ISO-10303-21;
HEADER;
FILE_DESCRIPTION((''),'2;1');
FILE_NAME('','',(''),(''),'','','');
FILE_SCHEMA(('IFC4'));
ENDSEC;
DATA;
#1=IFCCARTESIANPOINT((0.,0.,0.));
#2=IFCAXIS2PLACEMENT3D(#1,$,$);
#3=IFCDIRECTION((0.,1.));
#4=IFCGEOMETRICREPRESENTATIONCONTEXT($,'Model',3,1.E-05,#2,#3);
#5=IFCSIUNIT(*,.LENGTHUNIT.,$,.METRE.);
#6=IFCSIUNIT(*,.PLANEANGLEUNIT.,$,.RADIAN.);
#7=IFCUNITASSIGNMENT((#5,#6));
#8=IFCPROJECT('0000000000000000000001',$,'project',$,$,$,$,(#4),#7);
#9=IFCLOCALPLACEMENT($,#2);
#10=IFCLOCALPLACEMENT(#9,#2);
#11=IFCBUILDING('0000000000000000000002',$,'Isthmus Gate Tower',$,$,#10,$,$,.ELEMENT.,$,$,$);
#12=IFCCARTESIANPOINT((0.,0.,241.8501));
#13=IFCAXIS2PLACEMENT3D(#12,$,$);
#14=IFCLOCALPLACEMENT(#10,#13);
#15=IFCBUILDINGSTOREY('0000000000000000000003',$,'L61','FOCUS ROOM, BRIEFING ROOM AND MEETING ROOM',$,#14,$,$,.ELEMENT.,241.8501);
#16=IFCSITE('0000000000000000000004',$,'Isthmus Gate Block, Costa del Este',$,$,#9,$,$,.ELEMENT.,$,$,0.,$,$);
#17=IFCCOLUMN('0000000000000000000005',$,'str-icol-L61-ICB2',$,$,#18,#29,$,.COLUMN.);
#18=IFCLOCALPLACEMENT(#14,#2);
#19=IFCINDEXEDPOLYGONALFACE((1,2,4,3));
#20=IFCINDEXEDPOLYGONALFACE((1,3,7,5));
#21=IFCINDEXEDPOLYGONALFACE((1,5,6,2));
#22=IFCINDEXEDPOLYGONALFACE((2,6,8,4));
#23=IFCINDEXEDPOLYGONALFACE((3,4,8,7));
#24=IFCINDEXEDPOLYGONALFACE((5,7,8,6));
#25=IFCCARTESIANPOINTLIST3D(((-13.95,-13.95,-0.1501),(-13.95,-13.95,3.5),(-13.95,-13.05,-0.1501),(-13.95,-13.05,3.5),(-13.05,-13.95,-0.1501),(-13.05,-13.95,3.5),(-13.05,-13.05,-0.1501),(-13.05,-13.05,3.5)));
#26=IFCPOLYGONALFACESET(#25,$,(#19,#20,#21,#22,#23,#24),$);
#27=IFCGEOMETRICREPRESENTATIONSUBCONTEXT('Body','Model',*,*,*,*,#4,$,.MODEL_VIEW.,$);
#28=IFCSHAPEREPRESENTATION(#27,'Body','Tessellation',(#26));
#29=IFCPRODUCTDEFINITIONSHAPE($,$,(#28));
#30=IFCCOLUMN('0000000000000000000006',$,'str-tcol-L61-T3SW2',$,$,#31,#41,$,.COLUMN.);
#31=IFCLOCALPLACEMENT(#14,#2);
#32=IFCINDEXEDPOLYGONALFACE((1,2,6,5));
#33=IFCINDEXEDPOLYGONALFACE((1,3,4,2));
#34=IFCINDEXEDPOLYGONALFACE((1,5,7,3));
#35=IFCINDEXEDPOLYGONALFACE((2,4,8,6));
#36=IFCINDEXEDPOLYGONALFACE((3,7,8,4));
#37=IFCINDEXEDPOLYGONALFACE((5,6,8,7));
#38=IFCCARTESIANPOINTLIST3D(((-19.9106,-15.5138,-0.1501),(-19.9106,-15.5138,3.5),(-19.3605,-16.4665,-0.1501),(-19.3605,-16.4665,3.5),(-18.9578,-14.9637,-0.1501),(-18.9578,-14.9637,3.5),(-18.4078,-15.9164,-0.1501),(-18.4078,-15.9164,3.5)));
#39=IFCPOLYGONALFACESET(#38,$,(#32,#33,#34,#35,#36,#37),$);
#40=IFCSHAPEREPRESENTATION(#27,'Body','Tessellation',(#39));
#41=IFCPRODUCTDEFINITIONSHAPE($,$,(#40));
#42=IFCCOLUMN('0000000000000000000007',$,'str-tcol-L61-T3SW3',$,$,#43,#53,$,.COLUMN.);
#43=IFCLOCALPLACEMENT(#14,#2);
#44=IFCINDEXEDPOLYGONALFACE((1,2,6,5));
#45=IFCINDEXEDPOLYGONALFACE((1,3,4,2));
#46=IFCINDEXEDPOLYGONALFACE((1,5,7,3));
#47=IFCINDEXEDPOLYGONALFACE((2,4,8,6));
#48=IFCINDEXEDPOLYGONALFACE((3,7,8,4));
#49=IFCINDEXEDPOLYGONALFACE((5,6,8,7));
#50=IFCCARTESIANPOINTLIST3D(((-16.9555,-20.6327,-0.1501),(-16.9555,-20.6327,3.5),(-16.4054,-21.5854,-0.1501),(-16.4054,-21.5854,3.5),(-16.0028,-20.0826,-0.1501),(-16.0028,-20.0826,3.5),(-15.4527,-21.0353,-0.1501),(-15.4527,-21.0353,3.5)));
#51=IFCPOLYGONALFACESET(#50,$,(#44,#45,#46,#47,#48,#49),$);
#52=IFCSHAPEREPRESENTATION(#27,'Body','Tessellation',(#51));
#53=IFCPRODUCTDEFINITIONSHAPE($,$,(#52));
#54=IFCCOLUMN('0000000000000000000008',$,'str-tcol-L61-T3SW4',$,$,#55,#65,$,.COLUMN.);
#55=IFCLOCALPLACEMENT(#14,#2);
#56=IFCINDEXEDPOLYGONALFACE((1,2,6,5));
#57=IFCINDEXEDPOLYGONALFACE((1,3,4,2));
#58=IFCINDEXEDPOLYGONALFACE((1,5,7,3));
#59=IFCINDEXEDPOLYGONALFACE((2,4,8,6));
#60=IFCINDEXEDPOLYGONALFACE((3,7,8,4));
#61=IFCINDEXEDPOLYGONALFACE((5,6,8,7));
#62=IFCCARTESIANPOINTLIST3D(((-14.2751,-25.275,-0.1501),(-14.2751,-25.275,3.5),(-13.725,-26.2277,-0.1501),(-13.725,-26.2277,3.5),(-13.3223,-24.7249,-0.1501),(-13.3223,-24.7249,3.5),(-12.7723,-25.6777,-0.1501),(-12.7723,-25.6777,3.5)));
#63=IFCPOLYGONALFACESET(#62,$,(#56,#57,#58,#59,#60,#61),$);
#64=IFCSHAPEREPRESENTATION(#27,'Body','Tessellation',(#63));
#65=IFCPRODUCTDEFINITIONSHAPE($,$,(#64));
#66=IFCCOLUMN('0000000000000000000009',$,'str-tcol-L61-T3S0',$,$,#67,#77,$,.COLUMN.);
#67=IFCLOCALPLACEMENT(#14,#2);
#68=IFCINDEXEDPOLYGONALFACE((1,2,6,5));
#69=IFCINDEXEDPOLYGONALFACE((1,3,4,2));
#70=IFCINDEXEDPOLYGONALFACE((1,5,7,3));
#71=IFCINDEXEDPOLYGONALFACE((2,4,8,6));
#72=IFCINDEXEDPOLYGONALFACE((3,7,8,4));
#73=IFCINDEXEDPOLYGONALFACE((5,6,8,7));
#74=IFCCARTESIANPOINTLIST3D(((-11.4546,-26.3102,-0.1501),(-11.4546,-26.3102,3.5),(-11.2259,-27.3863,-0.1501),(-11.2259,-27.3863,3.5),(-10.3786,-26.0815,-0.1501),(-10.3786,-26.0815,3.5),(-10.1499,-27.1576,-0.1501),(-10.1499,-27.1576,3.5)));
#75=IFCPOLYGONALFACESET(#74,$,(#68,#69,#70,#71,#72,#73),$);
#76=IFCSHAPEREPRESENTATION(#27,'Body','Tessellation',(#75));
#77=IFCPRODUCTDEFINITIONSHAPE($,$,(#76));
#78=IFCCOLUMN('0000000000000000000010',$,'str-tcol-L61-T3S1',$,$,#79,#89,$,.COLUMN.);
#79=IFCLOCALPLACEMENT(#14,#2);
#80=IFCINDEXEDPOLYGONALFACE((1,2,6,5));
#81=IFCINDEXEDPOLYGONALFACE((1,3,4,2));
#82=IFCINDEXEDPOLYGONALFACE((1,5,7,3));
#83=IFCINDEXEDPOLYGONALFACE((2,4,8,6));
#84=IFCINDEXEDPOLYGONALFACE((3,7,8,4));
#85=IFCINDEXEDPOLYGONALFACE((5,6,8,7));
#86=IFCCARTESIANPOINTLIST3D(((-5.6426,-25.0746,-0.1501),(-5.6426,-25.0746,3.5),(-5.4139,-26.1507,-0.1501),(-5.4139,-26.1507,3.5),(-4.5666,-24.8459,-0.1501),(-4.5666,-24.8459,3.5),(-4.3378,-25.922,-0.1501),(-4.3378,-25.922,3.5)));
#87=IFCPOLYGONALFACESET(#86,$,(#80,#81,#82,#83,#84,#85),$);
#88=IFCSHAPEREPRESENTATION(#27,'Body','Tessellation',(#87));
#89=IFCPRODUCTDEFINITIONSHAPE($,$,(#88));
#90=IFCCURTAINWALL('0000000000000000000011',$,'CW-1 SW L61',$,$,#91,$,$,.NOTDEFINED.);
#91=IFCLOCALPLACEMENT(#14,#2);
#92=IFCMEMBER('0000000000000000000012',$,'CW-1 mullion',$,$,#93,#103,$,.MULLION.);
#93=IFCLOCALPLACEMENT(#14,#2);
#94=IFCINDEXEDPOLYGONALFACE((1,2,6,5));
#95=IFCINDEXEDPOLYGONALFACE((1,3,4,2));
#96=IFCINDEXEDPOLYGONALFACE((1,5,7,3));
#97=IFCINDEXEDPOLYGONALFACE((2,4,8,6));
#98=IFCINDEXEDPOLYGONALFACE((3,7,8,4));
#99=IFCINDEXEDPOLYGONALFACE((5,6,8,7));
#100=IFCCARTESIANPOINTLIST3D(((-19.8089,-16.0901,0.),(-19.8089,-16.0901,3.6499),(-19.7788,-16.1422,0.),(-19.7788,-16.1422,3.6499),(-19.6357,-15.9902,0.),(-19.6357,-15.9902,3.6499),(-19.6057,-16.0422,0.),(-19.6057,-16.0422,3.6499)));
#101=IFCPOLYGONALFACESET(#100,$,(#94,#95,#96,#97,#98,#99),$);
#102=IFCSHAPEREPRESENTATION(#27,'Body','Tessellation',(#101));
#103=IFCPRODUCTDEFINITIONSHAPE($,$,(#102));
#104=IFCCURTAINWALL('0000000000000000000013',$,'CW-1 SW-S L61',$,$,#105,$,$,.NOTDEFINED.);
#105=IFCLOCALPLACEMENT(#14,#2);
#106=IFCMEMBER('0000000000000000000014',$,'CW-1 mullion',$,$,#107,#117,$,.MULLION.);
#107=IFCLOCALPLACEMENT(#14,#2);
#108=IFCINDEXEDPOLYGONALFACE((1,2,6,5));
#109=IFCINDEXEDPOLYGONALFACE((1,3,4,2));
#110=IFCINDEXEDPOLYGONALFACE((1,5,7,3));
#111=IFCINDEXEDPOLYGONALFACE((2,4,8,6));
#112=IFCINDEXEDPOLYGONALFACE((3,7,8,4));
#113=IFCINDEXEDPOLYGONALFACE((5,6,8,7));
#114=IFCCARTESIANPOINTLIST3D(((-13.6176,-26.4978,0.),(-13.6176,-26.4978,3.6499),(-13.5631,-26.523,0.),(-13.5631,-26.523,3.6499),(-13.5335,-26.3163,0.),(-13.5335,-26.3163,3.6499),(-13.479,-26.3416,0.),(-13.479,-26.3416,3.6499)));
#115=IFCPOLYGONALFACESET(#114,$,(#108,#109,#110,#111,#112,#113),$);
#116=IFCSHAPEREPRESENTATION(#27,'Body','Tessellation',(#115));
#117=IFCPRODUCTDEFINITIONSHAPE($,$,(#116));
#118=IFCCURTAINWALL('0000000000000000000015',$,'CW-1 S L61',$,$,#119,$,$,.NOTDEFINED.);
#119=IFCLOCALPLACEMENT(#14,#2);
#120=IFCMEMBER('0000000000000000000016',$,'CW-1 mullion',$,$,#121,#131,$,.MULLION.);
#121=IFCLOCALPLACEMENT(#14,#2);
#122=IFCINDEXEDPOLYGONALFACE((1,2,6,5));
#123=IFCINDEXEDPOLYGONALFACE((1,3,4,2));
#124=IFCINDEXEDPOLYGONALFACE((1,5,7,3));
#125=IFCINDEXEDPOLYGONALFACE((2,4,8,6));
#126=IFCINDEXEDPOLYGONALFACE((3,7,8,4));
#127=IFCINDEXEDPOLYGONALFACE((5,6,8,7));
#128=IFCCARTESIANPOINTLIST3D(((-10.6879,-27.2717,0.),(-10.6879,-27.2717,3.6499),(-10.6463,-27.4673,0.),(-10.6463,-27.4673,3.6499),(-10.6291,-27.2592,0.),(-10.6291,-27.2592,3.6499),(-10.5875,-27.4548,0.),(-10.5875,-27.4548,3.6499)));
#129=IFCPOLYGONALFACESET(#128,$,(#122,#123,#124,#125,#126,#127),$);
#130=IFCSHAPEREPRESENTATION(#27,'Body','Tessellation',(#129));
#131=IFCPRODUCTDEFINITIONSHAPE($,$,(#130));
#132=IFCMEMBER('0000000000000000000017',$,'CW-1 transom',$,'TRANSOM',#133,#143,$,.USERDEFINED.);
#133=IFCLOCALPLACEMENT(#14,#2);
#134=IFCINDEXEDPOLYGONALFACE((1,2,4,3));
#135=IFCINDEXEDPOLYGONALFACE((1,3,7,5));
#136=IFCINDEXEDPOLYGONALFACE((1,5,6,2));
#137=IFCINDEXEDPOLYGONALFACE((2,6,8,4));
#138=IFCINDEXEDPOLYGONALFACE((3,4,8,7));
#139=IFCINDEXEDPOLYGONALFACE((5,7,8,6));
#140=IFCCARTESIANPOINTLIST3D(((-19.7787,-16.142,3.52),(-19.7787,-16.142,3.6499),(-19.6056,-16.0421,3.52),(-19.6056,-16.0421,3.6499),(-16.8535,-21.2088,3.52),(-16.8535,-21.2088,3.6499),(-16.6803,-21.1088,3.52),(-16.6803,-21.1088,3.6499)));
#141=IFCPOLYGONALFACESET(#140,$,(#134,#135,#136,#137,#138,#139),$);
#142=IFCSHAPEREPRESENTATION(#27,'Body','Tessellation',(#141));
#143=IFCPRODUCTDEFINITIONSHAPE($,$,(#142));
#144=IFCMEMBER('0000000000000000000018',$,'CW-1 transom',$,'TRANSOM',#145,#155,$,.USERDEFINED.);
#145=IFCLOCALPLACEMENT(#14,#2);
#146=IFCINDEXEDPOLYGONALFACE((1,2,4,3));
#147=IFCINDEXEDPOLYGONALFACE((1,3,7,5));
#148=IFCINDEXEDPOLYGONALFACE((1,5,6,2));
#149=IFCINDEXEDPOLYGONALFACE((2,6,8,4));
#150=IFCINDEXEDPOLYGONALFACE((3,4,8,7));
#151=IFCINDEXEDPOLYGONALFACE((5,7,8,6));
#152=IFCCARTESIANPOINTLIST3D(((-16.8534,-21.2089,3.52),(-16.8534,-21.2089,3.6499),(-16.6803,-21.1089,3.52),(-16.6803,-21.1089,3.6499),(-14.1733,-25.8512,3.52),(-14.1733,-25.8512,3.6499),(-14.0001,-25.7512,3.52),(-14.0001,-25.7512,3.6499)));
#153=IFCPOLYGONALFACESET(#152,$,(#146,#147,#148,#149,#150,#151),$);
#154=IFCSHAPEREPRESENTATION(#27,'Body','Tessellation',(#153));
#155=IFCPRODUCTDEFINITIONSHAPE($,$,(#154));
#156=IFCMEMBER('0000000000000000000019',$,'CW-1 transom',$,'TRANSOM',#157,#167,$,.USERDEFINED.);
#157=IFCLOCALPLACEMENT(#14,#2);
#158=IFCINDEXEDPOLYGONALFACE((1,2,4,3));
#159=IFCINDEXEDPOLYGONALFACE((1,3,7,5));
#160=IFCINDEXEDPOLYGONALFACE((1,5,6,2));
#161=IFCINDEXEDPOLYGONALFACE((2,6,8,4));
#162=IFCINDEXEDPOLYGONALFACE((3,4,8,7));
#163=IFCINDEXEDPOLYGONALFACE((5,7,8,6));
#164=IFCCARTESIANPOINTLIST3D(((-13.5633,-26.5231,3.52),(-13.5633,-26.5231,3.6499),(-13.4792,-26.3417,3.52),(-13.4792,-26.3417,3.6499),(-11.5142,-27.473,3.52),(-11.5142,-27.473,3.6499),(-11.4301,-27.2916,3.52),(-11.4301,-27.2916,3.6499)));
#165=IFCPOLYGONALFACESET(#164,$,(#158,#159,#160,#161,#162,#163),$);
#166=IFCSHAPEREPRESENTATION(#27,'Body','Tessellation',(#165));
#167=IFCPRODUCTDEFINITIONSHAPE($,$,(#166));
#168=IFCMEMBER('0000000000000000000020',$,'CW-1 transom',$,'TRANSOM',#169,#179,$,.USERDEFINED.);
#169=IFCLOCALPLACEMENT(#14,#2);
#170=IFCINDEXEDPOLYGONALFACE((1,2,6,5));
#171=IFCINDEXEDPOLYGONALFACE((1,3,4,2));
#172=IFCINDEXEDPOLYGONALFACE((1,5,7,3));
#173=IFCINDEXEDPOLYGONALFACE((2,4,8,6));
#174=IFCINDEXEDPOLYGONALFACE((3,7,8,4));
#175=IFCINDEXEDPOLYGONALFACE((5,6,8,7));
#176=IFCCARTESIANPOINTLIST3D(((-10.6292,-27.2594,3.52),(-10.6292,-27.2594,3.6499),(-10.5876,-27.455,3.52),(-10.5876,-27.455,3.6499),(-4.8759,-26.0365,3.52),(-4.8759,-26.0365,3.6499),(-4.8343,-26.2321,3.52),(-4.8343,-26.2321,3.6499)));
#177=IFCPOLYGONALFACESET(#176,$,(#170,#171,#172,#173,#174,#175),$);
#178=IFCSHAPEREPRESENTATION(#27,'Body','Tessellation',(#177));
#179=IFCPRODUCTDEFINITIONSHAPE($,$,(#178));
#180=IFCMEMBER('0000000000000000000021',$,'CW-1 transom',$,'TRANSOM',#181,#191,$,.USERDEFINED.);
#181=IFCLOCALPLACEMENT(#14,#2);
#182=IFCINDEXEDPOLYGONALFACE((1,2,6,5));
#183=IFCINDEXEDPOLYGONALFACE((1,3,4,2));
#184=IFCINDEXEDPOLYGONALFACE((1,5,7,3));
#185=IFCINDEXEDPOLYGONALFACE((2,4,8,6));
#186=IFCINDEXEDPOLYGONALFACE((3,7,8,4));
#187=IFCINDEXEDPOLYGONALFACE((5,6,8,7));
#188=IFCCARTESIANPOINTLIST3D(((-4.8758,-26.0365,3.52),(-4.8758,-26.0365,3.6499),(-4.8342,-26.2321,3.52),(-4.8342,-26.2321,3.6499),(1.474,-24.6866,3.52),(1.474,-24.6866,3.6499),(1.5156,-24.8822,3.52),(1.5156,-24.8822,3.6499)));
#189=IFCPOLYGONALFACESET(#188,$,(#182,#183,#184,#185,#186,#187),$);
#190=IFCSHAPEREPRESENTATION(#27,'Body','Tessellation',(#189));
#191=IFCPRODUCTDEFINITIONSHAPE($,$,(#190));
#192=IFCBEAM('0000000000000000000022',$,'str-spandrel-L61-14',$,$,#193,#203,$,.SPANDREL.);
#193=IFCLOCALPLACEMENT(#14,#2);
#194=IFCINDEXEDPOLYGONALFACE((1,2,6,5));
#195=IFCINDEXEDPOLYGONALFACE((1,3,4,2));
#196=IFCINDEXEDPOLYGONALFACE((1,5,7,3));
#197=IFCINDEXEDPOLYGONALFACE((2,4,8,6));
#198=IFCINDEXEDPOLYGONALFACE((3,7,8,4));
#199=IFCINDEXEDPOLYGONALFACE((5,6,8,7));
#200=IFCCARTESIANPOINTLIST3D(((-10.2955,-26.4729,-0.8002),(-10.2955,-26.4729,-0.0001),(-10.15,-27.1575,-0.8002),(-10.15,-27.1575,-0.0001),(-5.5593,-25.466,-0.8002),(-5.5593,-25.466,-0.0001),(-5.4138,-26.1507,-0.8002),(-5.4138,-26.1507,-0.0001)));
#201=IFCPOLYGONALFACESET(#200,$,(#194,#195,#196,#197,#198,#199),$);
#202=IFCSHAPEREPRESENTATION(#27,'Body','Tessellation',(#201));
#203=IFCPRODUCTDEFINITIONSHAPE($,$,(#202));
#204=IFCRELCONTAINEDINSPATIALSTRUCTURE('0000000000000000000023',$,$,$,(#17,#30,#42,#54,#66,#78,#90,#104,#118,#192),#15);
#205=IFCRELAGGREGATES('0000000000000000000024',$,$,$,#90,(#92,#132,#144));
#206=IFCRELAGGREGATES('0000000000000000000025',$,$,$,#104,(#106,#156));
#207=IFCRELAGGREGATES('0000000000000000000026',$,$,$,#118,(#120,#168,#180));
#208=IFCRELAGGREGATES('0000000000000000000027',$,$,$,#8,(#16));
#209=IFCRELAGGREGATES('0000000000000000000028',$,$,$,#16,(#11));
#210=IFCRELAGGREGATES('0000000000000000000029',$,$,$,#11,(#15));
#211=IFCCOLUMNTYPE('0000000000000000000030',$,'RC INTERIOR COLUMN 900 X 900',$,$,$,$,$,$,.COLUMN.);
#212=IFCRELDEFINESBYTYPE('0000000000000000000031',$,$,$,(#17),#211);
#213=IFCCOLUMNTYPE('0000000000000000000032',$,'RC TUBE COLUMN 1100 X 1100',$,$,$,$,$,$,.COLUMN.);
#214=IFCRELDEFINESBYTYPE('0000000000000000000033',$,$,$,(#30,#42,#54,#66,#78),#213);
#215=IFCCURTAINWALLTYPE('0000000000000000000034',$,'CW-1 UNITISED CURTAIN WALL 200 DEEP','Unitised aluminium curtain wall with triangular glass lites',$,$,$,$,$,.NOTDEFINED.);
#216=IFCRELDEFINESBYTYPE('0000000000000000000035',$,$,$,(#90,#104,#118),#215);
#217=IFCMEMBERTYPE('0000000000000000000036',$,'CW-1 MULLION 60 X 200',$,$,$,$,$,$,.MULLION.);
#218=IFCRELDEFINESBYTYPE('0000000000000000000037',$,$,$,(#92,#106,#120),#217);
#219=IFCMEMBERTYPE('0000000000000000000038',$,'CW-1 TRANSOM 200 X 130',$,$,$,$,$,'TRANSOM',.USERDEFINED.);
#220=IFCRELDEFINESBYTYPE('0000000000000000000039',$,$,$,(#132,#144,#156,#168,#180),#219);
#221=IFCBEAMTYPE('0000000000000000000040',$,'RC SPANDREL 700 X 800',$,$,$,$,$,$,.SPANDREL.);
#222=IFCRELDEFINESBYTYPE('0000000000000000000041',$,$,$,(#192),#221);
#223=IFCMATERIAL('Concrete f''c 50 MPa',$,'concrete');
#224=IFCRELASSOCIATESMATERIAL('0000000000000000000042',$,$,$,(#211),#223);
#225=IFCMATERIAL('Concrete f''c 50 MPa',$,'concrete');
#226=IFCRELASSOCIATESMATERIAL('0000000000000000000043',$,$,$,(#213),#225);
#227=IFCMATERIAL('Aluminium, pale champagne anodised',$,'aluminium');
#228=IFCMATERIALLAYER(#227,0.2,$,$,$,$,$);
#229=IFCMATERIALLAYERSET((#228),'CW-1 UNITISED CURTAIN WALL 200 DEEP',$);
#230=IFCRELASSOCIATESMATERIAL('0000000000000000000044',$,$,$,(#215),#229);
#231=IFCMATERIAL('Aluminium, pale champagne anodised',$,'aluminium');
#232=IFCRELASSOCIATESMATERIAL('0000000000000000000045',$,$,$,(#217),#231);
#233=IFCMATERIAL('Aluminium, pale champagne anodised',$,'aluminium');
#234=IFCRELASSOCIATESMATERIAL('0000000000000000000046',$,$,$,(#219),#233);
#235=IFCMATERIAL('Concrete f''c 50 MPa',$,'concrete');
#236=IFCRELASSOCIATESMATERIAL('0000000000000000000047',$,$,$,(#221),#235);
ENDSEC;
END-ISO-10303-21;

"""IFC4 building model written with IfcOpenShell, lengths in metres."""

from ifc_helpers import new_model, si_unit, direction, frame, origin, origin_2d, place, context, subcontext, project, spatial, rectangle, extrude, material, layer, layer_set, material_profile, profile_set, type_object, element, aggregate, save


model = new_model("IFC4")

# Units and contexts
model_context = context("Model", 3, precision=1e-05, world=origin(), true_north=direction((0.0, 1.0)))
body_context = subcontext(model_context, "Body", "Model", "MODEL_VIEW")
ifc_project = project(units=[si_unit("LENGTHUNIT", "METRE"), si_unit("PLANEANGLEUNIT", "RADIAN")], contexts=[model_context])

# Site, building, storey
site_placement = place(None, origin())
site = spatial("IfcSite", under=ifc_project, at=site_placement, Name="Isthmus Gate Block, Costa del Este", CompositionType="ELEMENT", RefElevation=0.0)
building_placement = place(site_placement, origin())
building = spatial("IfcBuilding", under=site, at=building_placement, Name="Isthmus Gate Tower", CompositionType="ELEMENT")
storey_placement = place(building_placement, frame((0.0, 0.0, 241.8501)))
storey = spatial("IfcBuildingStorey", under=building, at=storey_placement, Name="L61", Description="FOCUS ROOM, BRIEFING ROOM AND MEETING ROOM", CompositionType="ELEMENT", Elevation=241.8501)

# Columns
ifc_material_1 = material(Name="Concrete f'c 50 MPa", Category="concrete")
ifc_material_profile_1 = material_profile(ifc_material_1, rectangle(XDim=0.8999, YDim=0.8999, at=origin_2d()), Name="RC 900X900")
ifc_profile_set_1 = profile_set([ifc_material_profile_1], Name="Concrete f'c 50 MPa")
column_type_1 = type_object("IfcColumnType", Name="RC INTERIOR COLUMN 900 X 900", PredefinedType="COLUMN", material=ifc_profile_set_1)
column_placement = place(storey_placement, frame((-13.5, -13.5, -0.1501), z_axis=(0.0, 0.0, 1.0), x_axis=(1.0, 0.0, 0.0)))
element("IfcColumn", 1, at=column_placement, inside=storey, type_object=column_type_1, Name="str-icol-L61-ICB2", PredefinedType="COLUMN", context=body_context, shape_type="SweptSolid", body=[
    extrude(rectangle(XDim=0.8999, YDim=0.8999, at=origin_2d()), origin(), (0.0, 0.0, 1.0), 3.6501),
])
ifc_material_2 = material(Name="Concrete f'c 50 MPa", Category="concrete")
ifc_material_profile_2 = material_profile(ifc_material_2, rectangle(XDim=1.1001, YDim=1.1001, at=origin_2d()), Name="RC 1100X1100")
ifc_profile_set_2 = profile_set([ifc_material_profile_2], Name="Concrete f'c 50 MPa")
column_type_2 = type_object("IfcColumnType", Name="RC TUBE COLUMN 1100 X 1100", PredefinedType="COLUMN", material=ifc_profile_set_2)
for number, where, z_axis, x_axis, name in (
    (2, (-19.1592, -15.7151, -0.1501), (0.0, 0.0, 1.0), (0.5, -0.866025, 0.0), "str-tcol-L61-T3SW2"),
    (3, (-16.2041, -20.834, -0.1501), (0.0, 0.0, 1.0), (0.5, -0.866025, 0.0), "str-tcol-L61-T3SW3"),
    (4, (-13.5237, -25.4763, -0.1501), (0.0, 0.0, 1.0), (0.5, -0.866025, 0.0), "str-tcol-L61-T3SW4"),
    (5, (-10.8022, -26.7339, -0.1501), (0.0, 0.0, 1.0), (0.978148, 0.207912, 0.0), "str-tcol-L61-T3S0"),
    (6, (-4.9902, -25.4983, -0.1501), (0.0, 0.0, 1.0), (0.978148, 0.207912, 0.0), "str-tcol-L61-T3S1"),
):
    element("IfcColumn", number, at=place(storey_placement, frame(where, z_axis=z_axis, x_axis=x_axis)), inside=storey, type_object=column_type_2, Name=name, PredefinedType="COLUMN", context=body_context, shape_type="SweptSolid", body=[
        extrude(rectangle(XDim=1.1001, YDim=1.1001, at=origin_2d()), origin(), (0.0, 0.0, 1.0), 3.6501),
    ])

# Curtain walls, members
ifc_material_3 = material(Name="Aluminium, pale champagne anodised", Category="aluminium")
ifc_layer_1 = layer(ifc_material_3, 0.2)
ifc_layer_set_1 = layer_set([ifc_layer_1], Name="CW-1 UNITISED CURTAIN WALL 200 DEEP")
curtain_wall_type = type_object("IfcCurtainWallType", Name="CW-1 UNITISED CURTAIN WALL 200 DEEP", Description="Unitised aluminium curtain wall with triangular glass lites", PredefinedType="NOTDEFINED", material=ifc_layer_set_1)
curtain_wall_1_placement = place(storey_placement, origin())
curtain_wall_1 = element("IfcCurtainWall", 7, at=curtain_wall_1_placement, inside=storey, type_object=curtain_wall_type, Name="CW-1 SW L61", PredefinedType="NOTDEFINED")
ifc_material_4 = material(Name="Aluminium, pale champagne anodised", Category="aluminium")
ifc_material_profile_3 = material_profile(ifc_material_4, rectangle(XDim=0.0601, YDim=0.2, at=origin_2d()), Name="60x200")
ifc_profile_set_3 = profile_set([ifc_material_profile_3], Name="Aluminium, pale champagne anodised")
member_type_1 = type_object("IfcMemberType", Name="CW-1 MULLION 60 X 200", PredefinedType="MULLION", material=ifc_profile_set_3)
member_1_placement = place(storey_placement, frame((-19.7073, -16.0662, 0.0), z_axis=(0.0, 0.0, 1.0), x_axis=(0.5, -0.866025, 0.0)))
member_1 = element("IfcMember", 8, at=member_1_placement, type_object=member_type_1, Name="CW-1 mullion", PredefinedType="MULLION", context=body_context, shape_type="SweptSolid", body=[
    extrude(rectangle(XDim=0.0601, YDim=0.2, at=origin_2d()), origin(), (0.0, 0.0, 1.0), 3.6499),
])
curtain_wall_2_placement = place(storey_placement, origin())
curtain_wall_2 = element("IfcCurtainWall", 9, at=curtain_wall_2_placement, inside=storey, type_object=curtain_wall_type, Name="CW-1 SW-S L61", PredefinedType="NOTDEFINED")
member_2_placement = place(storey_placement, frame((-13.5483, -26.4197, 0.0), z_axis=(0.0, 0.0, 1.0), x_axis=(0.907256, -0.420578, 0.0)))
member_2 = element("IfcMember", 10, at=member_2_placement, type_object=member_type_1, Name="CW-1 mullion", PredefinedType="MULLION", context=body_context, shape_type="SweptSolid", body=[
    extrude(rectangle(XDim=0.0601, YDim=0.2, at=origin_2d()), origin(), (0.0, 0.0, 1.0), 3.6499),
])
curtain_wall_3_placement = place(storey_placement, origin())
curtain_wall_3 = element("IfcCurtainWall", 11, at=curtain_wall_3_placement, inside=storey, type_object=curtain_wall_type, Name="CW-1 S L61", PredefinedType="NOTDEFINED")
member_3_placement = place(storey_placement, frame((-10.6377, -27.3633, 0.0), z_axis=(0.0, 0.0, 1.0), x_axis=(0.978148, 0.207912, 0.0)))
member_3 = element("IfcMember", 12, at=member_3_placement, type_object=member_type_1, Name="CW-1 mullion", PredefinedType="MULLION", context=body_context, shape_type="SweptSolid", body=[
    extrude(rectangle(XDim=0.0601, YDim=0.2, at=origin_2d()), origin(), (0.0, 0.0, 1.0), 3.6499),
])

# Members
ifc_material_5 = material(Name="Aluminium, pale champagne anodised", Category="aluminium")
ifc_material_profile_4 = material_profile(ifc_material_5, rectangle(XDim=0.2, YDim=0.1299, at=origin_2d()), Name="200x130")
ifc_profile_set_4 = profile_set([ifc_material_profile_4], Name="Aluminium, pale champagne anodised")
member_type_2 = type_object("IfcMemberType", Name="CW-1 TRANSOM 200 X 130", ElementType="TRANSOM", PredefinedType="USERDEFINED", material=ifc_profile_set_4)
member_4_placement = place(storey_placement, frame((-19.6921, -16.092, 3.585), z_axis=(0.49999, -0.866031, 0.0), x_axis=(0.866031, 0.49999, 0.0)))
member_4 = element("IfcMember", 13, at=member_4_placement, type_object=member_type_2, Name="CW-1 transom", ObjectType="TRANSOM", PredefinedType="USERDEFINED", context=body_context, shape_type="SweptSolid", body=[
    extrude(rectangle(XDim=0.2, YDim=0.1299, at=origin_2d()), origin(), (0.0, 0.0, 1.0), 5.8506),
])
member_5_placement = place(storey_placement, frame((-16.7668, -21.1589, 3.585), z_axis=(0.499989, -0.866032, 0.0), x_axis=(0.866032, 0.499989, 0.0)))
member_5 = element("IfcMember", 14, at=member_5_placement, type_object=member_type_2, Name="CW-1 transom", ObjectType="TRANSOM", PredefinedType="USERDEFINED", context=body_context, shape_type="SweptSolid", body=[
    extrude(rectangle(XDim=0.2, YDim=0.1299, at=origin_2d()), origin(), (0.0, 0.0, 1.0), 5.3604),
])
member_6_placement = place(storey_placement, frame((-13.5212, -26.4324, 3.585), z_axis=(0.907246, -0.4206, 0.0), x_axis=(0.4206, 0.907246, 0.0)))
member_6 = element("IfcMember", 15, at=member_6_placement, type_object=member_type_2, Name="CW-1 transom", ObjectType="TRANSOM", PredefinedType="USERDEFINED", context=body_context, shape_type="SweptSolid", body=[
    extrude(rectangle(XDim=0.2, YDim=0.1299, at=origin_2d()), origin(), (0.0, 0.0, 1.0), 2.2585),
])
member_7_placement = place(storey_placement, frame((-10.6084, -27.3572, 3.585), z_axis=(0.978149, 0.207907, 0.0), x_axis=(-0.207907, 0.978149, 0.0)))
member_7 = element("IfcMember", 16, at=member_7_placement, type_object=member_type_2, Name="CW-1 transom", ObjectType="TRANSOM", PredefinedType="USERDEFINED", context=body_context, shape_type="SweptSolid", body=[
    extrude(rectangle(XDim=0.2, YDim=0.1299, at=origin_2d()), origin(), (0.0, 0.0, 1.0), 5.8818),
])
member_8_placement = place(storey_placement, frame((-4.855, -26.1343, 3.585), z_axis=(0.978143, 0.207934, 0.0), x_axis=(-0.207934, 0.978143, 0.0)))
member_8 = element("IfcMember", 17, at=member_8_placement, type_object=member_type_2, Name="CW-1 transom", ObjectType="TRANSOM", PredefinedType="USERDEFINED", context=body_context, shape_type="SweptSolid", body=[
    extrude(rectangle(XDim=0.2, YDim=0.1299, at=origin_2d()), origin(), (0.0, 0.0, 1.0), 6.4917),
])

# Beam
ifc_material_6 = material(Name="Concrete f'c 50 MPa", Category="concrete")
ifc_material_profile_5 = material_profile(ifc_material_6, rectangle(XDim=0.7, YDim=0.8, at=origin_2d()), Name="RC 700X800")
ifc_profile_set_5 = profile_set([ifc_material_profile_5], Name="Concrete f'c 50 MPa")
beam_type_1 = type_object("IfcBeamType", Name="RC SPANDREL 700 X 800", PredefinedType="SPANDREL", material=ifc_profile_set_5)
beam_1_placement = place(storey_placement, frame((-5.4866, -25.8083, -0.4001), z_axis=(-0.978141, -0.207941, 0.0), x_axis=(0.207941, -0.978141, 0.0)))
element("IfcBeam", 18, at=beam_1_placement, inside=storey, type_object=beam_type_1, Name="str-spandrel-L61-14", PredefinedType="SPANDREL", context=body_context, shape_type="SweptSolid", body=[
    extrude(rectangle(XDim=0.7, YDim=0.8, at=origin_2d()), origin(), (0.0, 0.0, 1.0), 4.842),
])

aggregate(curtain_wall_1, [member_1, member_4, member_5])
aggregate(curtain_wall_2, [member_2, member_6])

aggregate(curtain_wall_3, [member_3, member_7, member_8])

save(model, "model.ifc")
